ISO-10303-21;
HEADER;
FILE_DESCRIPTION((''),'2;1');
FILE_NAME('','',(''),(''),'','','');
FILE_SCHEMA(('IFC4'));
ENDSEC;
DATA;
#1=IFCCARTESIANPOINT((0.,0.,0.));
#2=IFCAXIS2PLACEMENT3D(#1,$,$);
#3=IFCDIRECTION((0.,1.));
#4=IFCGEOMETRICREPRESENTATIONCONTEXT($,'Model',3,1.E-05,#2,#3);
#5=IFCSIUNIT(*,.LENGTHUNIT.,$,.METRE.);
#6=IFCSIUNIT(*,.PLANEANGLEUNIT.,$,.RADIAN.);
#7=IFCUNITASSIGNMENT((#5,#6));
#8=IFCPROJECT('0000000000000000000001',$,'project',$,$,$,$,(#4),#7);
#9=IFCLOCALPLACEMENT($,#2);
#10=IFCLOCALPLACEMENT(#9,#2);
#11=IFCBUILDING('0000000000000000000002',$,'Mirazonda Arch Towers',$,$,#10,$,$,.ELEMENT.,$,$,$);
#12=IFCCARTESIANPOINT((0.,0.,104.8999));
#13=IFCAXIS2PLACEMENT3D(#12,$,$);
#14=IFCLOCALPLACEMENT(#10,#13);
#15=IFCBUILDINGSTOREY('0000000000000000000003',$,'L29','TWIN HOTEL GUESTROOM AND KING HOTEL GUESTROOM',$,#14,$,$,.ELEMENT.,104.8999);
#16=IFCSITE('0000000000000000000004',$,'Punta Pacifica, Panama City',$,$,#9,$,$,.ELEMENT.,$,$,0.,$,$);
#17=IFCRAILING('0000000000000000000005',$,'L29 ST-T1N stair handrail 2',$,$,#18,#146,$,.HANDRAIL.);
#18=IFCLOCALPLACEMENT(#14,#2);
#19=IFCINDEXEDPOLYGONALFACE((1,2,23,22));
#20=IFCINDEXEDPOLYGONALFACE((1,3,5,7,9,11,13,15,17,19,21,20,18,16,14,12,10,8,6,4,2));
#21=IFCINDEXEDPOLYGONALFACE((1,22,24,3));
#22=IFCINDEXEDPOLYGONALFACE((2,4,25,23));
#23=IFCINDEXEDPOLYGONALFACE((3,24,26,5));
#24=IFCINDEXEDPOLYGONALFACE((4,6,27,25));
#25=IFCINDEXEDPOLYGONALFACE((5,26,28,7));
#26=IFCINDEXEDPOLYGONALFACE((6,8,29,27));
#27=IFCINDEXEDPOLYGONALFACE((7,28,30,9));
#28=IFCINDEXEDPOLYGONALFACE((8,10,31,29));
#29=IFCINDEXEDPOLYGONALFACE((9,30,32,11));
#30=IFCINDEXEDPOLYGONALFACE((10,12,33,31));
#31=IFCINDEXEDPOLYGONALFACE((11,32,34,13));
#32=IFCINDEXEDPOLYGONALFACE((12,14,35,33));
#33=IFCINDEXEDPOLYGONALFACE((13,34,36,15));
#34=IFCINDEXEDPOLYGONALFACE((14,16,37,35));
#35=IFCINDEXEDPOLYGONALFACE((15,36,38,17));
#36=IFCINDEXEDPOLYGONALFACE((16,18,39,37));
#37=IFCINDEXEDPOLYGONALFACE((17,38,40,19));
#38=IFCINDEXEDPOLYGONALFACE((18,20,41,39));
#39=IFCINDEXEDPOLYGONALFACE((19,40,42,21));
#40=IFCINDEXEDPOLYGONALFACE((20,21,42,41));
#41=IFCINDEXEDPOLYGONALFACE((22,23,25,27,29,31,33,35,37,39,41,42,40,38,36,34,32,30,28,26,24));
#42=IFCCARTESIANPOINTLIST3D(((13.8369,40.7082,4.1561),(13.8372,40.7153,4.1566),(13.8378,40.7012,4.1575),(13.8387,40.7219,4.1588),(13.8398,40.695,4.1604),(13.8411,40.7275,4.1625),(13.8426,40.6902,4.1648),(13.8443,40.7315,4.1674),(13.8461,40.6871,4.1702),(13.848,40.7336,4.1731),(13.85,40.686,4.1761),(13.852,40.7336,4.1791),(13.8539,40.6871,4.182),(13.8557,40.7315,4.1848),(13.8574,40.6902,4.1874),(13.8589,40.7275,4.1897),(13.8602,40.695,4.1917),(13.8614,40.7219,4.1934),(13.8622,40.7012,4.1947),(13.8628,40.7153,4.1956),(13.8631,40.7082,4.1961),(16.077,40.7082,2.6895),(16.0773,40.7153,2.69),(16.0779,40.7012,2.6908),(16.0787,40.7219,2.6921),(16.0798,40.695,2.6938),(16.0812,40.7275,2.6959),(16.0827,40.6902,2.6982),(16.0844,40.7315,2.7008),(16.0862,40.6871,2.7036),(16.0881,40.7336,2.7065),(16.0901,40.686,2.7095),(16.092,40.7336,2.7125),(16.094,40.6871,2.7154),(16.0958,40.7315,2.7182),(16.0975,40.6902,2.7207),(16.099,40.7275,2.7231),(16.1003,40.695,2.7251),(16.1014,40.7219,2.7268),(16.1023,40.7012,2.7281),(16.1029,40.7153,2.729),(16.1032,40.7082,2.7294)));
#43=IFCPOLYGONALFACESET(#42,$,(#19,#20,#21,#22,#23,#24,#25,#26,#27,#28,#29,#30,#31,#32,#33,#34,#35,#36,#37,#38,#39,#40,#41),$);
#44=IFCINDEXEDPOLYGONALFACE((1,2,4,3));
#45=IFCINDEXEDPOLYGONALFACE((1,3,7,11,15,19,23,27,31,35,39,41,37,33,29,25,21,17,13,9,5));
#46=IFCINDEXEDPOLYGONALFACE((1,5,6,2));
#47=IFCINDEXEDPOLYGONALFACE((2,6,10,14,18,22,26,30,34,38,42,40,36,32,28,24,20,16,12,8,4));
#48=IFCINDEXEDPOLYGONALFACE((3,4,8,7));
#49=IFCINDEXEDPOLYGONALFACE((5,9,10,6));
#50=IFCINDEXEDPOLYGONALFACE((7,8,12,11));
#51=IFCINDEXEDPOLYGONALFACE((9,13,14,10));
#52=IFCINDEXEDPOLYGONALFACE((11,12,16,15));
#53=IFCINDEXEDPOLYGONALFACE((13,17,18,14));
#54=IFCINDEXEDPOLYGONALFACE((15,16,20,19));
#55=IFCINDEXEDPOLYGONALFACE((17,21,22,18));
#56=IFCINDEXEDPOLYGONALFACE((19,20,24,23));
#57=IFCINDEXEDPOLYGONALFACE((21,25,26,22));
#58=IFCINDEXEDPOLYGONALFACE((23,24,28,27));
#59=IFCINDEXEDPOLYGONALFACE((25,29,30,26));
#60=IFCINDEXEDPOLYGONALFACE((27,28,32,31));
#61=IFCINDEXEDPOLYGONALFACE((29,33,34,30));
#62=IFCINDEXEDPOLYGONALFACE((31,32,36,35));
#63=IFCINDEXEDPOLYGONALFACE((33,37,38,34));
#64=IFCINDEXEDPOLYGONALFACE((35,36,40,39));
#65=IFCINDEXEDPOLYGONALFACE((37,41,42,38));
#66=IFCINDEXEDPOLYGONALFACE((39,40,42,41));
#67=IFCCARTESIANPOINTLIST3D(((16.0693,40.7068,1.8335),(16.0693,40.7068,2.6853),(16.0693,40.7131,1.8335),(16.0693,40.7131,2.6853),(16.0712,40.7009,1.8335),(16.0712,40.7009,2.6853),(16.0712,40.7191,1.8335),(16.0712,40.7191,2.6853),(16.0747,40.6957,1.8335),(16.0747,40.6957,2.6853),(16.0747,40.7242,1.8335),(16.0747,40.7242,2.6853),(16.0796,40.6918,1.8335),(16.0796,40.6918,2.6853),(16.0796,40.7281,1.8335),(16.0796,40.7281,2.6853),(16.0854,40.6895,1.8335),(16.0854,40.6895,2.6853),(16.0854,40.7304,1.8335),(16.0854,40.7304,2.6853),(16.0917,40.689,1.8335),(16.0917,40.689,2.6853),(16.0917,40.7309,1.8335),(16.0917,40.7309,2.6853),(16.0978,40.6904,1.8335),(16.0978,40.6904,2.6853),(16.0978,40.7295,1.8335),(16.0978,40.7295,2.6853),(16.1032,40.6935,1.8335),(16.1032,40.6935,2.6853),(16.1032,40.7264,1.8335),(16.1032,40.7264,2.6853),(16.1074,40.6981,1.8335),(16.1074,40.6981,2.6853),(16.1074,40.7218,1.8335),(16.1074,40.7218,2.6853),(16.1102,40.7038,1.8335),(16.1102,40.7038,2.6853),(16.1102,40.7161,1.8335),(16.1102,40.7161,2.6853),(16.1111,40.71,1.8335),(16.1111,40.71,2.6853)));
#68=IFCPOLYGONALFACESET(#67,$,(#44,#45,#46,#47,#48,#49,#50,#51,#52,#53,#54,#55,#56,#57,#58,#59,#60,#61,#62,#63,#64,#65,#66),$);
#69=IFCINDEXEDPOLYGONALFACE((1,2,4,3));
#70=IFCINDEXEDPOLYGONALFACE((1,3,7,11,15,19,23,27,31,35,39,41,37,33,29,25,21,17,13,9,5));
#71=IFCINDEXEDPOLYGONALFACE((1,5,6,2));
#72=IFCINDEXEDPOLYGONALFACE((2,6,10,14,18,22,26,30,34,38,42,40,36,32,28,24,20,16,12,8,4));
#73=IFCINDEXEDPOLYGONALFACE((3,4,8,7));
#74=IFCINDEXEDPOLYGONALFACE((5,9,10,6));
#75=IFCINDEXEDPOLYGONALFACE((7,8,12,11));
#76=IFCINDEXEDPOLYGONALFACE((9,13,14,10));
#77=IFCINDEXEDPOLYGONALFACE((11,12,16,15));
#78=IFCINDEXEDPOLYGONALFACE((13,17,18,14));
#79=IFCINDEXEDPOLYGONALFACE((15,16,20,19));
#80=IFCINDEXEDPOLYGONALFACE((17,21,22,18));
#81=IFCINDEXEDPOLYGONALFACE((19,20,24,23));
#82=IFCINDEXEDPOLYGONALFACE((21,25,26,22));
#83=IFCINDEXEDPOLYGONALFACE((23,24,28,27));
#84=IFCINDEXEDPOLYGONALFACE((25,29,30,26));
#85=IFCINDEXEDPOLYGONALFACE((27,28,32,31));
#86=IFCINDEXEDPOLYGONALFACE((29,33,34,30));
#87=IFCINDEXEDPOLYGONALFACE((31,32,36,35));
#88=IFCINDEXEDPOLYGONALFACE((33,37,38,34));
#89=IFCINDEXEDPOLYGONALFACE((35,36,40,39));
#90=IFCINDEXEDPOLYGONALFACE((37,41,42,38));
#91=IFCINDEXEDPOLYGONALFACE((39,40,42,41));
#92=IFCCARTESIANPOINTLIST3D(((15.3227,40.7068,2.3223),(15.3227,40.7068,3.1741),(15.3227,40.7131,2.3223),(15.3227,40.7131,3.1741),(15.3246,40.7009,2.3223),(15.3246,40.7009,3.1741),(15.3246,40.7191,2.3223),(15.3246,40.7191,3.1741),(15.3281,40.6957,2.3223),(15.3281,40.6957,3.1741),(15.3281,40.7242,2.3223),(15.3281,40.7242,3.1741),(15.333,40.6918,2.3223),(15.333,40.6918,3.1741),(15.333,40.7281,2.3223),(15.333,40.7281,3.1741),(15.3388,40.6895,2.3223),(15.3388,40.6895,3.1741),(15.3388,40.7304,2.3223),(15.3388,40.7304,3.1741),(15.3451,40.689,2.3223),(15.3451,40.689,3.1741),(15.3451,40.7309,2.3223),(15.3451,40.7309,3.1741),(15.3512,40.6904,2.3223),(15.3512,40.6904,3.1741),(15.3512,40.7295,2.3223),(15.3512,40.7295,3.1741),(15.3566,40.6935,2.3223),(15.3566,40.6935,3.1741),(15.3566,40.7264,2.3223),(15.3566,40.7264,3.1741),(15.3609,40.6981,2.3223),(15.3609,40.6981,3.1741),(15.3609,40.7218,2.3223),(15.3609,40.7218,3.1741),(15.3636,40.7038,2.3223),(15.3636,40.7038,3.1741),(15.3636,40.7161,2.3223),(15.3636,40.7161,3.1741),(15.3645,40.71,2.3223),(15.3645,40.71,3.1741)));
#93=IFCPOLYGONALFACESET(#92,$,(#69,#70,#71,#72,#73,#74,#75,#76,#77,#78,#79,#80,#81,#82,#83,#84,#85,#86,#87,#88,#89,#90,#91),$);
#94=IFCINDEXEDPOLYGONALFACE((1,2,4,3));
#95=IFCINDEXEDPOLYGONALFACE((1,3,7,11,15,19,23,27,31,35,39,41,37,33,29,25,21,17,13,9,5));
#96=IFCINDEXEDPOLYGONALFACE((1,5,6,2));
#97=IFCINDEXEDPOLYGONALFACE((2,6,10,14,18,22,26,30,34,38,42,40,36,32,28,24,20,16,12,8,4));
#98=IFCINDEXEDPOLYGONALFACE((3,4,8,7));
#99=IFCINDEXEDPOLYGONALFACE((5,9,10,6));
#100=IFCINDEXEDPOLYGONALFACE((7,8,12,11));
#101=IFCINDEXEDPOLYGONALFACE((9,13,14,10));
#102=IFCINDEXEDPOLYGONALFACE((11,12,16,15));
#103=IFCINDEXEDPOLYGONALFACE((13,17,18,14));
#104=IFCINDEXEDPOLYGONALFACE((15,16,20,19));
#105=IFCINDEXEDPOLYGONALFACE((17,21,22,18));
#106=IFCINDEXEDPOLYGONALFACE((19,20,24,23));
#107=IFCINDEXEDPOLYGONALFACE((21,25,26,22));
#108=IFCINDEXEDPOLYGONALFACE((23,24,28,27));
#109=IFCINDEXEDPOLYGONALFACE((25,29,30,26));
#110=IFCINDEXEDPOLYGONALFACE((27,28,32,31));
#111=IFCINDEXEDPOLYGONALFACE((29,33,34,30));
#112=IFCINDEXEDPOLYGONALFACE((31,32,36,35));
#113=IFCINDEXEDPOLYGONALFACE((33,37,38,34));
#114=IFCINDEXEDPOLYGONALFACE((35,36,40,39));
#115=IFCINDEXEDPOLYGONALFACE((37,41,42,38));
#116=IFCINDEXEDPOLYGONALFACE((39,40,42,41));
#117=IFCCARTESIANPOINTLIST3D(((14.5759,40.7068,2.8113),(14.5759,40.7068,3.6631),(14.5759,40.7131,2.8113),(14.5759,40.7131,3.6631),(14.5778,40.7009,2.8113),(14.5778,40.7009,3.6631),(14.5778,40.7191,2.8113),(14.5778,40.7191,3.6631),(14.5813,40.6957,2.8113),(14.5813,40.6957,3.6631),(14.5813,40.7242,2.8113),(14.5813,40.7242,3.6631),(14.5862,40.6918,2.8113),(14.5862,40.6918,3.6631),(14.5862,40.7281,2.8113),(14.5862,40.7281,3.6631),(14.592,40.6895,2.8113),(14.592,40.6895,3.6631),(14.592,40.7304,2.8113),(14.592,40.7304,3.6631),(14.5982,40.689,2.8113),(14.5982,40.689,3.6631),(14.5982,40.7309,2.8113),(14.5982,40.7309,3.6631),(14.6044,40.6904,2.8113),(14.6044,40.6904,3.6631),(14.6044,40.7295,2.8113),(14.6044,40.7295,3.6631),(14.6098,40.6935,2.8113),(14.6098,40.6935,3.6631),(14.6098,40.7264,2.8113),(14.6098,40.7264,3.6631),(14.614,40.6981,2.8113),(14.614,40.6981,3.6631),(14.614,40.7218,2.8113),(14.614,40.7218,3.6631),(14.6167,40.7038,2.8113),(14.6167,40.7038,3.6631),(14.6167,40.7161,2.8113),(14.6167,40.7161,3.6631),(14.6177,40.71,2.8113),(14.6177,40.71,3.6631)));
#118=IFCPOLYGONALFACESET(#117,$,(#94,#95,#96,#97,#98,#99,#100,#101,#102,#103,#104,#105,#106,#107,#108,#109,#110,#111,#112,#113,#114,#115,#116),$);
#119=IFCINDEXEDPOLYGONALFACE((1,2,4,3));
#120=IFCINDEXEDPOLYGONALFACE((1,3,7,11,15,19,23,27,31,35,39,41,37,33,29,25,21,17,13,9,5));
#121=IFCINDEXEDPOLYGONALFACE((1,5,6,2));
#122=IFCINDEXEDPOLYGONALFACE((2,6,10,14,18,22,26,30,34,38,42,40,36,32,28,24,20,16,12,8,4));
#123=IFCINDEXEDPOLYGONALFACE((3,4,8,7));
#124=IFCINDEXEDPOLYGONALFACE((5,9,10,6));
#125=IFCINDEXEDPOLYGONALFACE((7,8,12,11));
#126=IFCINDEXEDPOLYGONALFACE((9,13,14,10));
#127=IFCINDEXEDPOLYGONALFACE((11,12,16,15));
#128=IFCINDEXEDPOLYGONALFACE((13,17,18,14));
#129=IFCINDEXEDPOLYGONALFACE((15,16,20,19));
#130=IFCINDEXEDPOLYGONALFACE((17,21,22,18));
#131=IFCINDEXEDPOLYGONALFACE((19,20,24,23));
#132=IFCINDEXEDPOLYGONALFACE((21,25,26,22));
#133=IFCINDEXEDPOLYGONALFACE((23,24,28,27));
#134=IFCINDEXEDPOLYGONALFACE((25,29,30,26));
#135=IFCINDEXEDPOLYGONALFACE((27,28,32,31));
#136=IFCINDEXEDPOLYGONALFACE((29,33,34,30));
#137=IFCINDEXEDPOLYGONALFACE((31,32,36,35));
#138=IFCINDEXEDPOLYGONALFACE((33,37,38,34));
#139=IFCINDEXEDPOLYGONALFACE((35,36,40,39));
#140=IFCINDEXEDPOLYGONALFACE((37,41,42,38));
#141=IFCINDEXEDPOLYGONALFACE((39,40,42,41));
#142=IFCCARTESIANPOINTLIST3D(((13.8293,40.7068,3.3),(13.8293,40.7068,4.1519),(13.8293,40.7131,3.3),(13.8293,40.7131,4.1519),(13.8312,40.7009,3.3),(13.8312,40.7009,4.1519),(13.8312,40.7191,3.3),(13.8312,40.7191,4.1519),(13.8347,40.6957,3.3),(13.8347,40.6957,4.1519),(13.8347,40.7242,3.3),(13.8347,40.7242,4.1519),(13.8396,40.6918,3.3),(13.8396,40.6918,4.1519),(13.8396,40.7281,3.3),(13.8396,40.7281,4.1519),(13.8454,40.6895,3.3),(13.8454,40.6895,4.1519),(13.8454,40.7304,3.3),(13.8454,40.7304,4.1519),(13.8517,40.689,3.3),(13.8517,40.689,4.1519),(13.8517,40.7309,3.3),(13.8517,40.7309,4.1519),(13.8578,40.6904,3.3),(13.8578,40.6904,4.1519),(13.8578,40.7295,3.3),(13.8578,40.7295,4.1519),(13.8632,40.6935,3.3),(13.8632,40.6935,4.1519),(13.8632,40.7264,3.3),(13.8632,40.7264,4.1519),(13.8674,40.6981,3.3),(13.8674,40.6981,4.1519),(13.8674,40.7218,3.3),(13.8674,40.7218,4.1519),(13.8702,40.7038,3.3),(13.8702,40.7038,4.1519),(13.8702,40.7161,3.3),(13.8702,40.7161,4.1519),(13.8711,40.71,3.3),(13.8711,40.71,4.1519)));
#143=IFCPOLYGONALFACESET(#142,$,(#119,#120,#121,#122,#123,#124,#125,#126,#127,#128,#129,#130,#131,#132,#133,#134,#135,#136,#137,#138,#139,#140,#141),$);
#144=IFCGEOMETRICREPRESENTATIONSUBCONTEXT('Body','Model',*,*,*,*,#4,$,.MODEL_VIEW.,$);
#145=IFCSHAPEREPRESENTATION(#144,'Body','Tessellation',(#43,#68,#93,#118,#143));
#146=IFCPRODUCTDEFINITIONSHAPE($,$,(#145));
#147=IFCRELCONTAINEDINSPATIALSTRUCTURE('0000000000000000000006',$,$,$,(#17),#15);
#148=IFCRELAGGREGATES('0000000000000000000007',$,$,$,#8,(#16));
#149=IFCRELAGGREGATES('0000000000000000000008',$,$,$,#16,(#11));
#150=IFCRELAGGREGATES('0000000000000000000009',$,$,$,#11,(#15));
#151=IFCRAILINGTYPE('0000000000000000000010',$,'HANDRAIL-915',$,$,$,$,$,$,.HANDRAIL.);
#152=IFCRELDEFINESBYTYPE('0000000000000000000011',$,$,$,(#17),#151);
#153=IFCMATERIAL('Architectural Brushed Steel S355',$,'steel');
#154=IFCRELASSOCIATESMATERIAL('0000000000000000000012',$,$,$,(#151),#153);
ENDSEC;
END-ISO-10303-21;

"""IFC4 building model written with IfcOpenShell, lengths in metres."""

from ifc_helpers import new_model, si_unit, direction, frame, origin, origin_2d, place, context, subcontext, project, spatial, circle, extrude, material, type_object, element, save


model = new_model("IFC4")

# Units and contexts
model_context = context("Model", 3, precision=1e-05, world=origin(), true_north=direction((0.0, 1.0)))
body_context = subcontext(model_context, "Body", "Model", "MODEL_VIEW")
ifc_project = project(units=[si_unit("LENGTHUNIT", "METRE"), si_unit("PLANEANGLEUNIT", "RADIAN")], contexts=[model_context])

# Site, building, storey
site_placement = place(None, origin())
site = spatial("IfcSite", under=ifc_project, at=site_placement, Name="Punta Pacifica, Panama City", CompositionType="ELEMENT", RefElevation=0.0)
building_placement = place(site_placement, origin())
building = spatial("IfcBuilding", under=site, at=building_placement, Name="Mirazonda Arch Towers", CompositionType="ELEMENT")
storey_placement = place(building_placement, frame((0.0, 0.0, 104.8999)))
storey = spatial("IfcBuildingStorey", under=building, at=storey_placement, Name="L29", Description="TWIN HOTEL GUESTROOM AND KING HOTEL GUESTROOM", CompositionType="ELEMENT", Elevation=104.8999)

# Shared definitions
ifc_material_1 = material(Name="Architectural Brushed Steel S355", Category="steel")

# Railing
railing_type_1 = type_object("IfcRailingType", Name="HANDRAIL-915", PredefinedType="HANDRAIL", material=ifc_material_1)
railing_1_placement = place(storey_placement, frame((16.0901, 40.71, 1.8335)))
element("IfcRailing", 1, at=railing_1_placement, inside=storey, type_object=railing_type_1, Name="L29 ST-T1N stair handrail 2", PredefinedType="HANDRAIL", context=body_context, shape_type="SweptSolid", body=[
    extrude(circle(Radius=0.0239, at=origin_2d()), frame((0.0, 0.0, 0.876), z_axis=(-0.836637, 0.0, 0.547758), x_axis=(0.0, -1.0, 0.0)), (0.0, 0.0, 1.0), 2.6775),
    extrude(circle(Radius=0.021, at=origin_2d()), origin(), (0.0, 0.0, 1.0), 0.8518),
    extrude(circle(Radius=0.021, at=origin_2d()), frame((-0.7466, 0.0, 0.4888)), (0.0, 0.0, 1.0), 0.8518),
    extrude(circle(Radius=0.021, at=origin_2d()), frame((-1.4934, 0.0, 0.9778)), (0.0, 0.0, 1.0), 0.8518),
    extrude(circle(Radius=0.021, at=origin_2d()), frame((-2.24, 0.0, 1.4666)), (0.0, 0.0, 1.0), 0.8518),
])

save(model, "model.ifc")
